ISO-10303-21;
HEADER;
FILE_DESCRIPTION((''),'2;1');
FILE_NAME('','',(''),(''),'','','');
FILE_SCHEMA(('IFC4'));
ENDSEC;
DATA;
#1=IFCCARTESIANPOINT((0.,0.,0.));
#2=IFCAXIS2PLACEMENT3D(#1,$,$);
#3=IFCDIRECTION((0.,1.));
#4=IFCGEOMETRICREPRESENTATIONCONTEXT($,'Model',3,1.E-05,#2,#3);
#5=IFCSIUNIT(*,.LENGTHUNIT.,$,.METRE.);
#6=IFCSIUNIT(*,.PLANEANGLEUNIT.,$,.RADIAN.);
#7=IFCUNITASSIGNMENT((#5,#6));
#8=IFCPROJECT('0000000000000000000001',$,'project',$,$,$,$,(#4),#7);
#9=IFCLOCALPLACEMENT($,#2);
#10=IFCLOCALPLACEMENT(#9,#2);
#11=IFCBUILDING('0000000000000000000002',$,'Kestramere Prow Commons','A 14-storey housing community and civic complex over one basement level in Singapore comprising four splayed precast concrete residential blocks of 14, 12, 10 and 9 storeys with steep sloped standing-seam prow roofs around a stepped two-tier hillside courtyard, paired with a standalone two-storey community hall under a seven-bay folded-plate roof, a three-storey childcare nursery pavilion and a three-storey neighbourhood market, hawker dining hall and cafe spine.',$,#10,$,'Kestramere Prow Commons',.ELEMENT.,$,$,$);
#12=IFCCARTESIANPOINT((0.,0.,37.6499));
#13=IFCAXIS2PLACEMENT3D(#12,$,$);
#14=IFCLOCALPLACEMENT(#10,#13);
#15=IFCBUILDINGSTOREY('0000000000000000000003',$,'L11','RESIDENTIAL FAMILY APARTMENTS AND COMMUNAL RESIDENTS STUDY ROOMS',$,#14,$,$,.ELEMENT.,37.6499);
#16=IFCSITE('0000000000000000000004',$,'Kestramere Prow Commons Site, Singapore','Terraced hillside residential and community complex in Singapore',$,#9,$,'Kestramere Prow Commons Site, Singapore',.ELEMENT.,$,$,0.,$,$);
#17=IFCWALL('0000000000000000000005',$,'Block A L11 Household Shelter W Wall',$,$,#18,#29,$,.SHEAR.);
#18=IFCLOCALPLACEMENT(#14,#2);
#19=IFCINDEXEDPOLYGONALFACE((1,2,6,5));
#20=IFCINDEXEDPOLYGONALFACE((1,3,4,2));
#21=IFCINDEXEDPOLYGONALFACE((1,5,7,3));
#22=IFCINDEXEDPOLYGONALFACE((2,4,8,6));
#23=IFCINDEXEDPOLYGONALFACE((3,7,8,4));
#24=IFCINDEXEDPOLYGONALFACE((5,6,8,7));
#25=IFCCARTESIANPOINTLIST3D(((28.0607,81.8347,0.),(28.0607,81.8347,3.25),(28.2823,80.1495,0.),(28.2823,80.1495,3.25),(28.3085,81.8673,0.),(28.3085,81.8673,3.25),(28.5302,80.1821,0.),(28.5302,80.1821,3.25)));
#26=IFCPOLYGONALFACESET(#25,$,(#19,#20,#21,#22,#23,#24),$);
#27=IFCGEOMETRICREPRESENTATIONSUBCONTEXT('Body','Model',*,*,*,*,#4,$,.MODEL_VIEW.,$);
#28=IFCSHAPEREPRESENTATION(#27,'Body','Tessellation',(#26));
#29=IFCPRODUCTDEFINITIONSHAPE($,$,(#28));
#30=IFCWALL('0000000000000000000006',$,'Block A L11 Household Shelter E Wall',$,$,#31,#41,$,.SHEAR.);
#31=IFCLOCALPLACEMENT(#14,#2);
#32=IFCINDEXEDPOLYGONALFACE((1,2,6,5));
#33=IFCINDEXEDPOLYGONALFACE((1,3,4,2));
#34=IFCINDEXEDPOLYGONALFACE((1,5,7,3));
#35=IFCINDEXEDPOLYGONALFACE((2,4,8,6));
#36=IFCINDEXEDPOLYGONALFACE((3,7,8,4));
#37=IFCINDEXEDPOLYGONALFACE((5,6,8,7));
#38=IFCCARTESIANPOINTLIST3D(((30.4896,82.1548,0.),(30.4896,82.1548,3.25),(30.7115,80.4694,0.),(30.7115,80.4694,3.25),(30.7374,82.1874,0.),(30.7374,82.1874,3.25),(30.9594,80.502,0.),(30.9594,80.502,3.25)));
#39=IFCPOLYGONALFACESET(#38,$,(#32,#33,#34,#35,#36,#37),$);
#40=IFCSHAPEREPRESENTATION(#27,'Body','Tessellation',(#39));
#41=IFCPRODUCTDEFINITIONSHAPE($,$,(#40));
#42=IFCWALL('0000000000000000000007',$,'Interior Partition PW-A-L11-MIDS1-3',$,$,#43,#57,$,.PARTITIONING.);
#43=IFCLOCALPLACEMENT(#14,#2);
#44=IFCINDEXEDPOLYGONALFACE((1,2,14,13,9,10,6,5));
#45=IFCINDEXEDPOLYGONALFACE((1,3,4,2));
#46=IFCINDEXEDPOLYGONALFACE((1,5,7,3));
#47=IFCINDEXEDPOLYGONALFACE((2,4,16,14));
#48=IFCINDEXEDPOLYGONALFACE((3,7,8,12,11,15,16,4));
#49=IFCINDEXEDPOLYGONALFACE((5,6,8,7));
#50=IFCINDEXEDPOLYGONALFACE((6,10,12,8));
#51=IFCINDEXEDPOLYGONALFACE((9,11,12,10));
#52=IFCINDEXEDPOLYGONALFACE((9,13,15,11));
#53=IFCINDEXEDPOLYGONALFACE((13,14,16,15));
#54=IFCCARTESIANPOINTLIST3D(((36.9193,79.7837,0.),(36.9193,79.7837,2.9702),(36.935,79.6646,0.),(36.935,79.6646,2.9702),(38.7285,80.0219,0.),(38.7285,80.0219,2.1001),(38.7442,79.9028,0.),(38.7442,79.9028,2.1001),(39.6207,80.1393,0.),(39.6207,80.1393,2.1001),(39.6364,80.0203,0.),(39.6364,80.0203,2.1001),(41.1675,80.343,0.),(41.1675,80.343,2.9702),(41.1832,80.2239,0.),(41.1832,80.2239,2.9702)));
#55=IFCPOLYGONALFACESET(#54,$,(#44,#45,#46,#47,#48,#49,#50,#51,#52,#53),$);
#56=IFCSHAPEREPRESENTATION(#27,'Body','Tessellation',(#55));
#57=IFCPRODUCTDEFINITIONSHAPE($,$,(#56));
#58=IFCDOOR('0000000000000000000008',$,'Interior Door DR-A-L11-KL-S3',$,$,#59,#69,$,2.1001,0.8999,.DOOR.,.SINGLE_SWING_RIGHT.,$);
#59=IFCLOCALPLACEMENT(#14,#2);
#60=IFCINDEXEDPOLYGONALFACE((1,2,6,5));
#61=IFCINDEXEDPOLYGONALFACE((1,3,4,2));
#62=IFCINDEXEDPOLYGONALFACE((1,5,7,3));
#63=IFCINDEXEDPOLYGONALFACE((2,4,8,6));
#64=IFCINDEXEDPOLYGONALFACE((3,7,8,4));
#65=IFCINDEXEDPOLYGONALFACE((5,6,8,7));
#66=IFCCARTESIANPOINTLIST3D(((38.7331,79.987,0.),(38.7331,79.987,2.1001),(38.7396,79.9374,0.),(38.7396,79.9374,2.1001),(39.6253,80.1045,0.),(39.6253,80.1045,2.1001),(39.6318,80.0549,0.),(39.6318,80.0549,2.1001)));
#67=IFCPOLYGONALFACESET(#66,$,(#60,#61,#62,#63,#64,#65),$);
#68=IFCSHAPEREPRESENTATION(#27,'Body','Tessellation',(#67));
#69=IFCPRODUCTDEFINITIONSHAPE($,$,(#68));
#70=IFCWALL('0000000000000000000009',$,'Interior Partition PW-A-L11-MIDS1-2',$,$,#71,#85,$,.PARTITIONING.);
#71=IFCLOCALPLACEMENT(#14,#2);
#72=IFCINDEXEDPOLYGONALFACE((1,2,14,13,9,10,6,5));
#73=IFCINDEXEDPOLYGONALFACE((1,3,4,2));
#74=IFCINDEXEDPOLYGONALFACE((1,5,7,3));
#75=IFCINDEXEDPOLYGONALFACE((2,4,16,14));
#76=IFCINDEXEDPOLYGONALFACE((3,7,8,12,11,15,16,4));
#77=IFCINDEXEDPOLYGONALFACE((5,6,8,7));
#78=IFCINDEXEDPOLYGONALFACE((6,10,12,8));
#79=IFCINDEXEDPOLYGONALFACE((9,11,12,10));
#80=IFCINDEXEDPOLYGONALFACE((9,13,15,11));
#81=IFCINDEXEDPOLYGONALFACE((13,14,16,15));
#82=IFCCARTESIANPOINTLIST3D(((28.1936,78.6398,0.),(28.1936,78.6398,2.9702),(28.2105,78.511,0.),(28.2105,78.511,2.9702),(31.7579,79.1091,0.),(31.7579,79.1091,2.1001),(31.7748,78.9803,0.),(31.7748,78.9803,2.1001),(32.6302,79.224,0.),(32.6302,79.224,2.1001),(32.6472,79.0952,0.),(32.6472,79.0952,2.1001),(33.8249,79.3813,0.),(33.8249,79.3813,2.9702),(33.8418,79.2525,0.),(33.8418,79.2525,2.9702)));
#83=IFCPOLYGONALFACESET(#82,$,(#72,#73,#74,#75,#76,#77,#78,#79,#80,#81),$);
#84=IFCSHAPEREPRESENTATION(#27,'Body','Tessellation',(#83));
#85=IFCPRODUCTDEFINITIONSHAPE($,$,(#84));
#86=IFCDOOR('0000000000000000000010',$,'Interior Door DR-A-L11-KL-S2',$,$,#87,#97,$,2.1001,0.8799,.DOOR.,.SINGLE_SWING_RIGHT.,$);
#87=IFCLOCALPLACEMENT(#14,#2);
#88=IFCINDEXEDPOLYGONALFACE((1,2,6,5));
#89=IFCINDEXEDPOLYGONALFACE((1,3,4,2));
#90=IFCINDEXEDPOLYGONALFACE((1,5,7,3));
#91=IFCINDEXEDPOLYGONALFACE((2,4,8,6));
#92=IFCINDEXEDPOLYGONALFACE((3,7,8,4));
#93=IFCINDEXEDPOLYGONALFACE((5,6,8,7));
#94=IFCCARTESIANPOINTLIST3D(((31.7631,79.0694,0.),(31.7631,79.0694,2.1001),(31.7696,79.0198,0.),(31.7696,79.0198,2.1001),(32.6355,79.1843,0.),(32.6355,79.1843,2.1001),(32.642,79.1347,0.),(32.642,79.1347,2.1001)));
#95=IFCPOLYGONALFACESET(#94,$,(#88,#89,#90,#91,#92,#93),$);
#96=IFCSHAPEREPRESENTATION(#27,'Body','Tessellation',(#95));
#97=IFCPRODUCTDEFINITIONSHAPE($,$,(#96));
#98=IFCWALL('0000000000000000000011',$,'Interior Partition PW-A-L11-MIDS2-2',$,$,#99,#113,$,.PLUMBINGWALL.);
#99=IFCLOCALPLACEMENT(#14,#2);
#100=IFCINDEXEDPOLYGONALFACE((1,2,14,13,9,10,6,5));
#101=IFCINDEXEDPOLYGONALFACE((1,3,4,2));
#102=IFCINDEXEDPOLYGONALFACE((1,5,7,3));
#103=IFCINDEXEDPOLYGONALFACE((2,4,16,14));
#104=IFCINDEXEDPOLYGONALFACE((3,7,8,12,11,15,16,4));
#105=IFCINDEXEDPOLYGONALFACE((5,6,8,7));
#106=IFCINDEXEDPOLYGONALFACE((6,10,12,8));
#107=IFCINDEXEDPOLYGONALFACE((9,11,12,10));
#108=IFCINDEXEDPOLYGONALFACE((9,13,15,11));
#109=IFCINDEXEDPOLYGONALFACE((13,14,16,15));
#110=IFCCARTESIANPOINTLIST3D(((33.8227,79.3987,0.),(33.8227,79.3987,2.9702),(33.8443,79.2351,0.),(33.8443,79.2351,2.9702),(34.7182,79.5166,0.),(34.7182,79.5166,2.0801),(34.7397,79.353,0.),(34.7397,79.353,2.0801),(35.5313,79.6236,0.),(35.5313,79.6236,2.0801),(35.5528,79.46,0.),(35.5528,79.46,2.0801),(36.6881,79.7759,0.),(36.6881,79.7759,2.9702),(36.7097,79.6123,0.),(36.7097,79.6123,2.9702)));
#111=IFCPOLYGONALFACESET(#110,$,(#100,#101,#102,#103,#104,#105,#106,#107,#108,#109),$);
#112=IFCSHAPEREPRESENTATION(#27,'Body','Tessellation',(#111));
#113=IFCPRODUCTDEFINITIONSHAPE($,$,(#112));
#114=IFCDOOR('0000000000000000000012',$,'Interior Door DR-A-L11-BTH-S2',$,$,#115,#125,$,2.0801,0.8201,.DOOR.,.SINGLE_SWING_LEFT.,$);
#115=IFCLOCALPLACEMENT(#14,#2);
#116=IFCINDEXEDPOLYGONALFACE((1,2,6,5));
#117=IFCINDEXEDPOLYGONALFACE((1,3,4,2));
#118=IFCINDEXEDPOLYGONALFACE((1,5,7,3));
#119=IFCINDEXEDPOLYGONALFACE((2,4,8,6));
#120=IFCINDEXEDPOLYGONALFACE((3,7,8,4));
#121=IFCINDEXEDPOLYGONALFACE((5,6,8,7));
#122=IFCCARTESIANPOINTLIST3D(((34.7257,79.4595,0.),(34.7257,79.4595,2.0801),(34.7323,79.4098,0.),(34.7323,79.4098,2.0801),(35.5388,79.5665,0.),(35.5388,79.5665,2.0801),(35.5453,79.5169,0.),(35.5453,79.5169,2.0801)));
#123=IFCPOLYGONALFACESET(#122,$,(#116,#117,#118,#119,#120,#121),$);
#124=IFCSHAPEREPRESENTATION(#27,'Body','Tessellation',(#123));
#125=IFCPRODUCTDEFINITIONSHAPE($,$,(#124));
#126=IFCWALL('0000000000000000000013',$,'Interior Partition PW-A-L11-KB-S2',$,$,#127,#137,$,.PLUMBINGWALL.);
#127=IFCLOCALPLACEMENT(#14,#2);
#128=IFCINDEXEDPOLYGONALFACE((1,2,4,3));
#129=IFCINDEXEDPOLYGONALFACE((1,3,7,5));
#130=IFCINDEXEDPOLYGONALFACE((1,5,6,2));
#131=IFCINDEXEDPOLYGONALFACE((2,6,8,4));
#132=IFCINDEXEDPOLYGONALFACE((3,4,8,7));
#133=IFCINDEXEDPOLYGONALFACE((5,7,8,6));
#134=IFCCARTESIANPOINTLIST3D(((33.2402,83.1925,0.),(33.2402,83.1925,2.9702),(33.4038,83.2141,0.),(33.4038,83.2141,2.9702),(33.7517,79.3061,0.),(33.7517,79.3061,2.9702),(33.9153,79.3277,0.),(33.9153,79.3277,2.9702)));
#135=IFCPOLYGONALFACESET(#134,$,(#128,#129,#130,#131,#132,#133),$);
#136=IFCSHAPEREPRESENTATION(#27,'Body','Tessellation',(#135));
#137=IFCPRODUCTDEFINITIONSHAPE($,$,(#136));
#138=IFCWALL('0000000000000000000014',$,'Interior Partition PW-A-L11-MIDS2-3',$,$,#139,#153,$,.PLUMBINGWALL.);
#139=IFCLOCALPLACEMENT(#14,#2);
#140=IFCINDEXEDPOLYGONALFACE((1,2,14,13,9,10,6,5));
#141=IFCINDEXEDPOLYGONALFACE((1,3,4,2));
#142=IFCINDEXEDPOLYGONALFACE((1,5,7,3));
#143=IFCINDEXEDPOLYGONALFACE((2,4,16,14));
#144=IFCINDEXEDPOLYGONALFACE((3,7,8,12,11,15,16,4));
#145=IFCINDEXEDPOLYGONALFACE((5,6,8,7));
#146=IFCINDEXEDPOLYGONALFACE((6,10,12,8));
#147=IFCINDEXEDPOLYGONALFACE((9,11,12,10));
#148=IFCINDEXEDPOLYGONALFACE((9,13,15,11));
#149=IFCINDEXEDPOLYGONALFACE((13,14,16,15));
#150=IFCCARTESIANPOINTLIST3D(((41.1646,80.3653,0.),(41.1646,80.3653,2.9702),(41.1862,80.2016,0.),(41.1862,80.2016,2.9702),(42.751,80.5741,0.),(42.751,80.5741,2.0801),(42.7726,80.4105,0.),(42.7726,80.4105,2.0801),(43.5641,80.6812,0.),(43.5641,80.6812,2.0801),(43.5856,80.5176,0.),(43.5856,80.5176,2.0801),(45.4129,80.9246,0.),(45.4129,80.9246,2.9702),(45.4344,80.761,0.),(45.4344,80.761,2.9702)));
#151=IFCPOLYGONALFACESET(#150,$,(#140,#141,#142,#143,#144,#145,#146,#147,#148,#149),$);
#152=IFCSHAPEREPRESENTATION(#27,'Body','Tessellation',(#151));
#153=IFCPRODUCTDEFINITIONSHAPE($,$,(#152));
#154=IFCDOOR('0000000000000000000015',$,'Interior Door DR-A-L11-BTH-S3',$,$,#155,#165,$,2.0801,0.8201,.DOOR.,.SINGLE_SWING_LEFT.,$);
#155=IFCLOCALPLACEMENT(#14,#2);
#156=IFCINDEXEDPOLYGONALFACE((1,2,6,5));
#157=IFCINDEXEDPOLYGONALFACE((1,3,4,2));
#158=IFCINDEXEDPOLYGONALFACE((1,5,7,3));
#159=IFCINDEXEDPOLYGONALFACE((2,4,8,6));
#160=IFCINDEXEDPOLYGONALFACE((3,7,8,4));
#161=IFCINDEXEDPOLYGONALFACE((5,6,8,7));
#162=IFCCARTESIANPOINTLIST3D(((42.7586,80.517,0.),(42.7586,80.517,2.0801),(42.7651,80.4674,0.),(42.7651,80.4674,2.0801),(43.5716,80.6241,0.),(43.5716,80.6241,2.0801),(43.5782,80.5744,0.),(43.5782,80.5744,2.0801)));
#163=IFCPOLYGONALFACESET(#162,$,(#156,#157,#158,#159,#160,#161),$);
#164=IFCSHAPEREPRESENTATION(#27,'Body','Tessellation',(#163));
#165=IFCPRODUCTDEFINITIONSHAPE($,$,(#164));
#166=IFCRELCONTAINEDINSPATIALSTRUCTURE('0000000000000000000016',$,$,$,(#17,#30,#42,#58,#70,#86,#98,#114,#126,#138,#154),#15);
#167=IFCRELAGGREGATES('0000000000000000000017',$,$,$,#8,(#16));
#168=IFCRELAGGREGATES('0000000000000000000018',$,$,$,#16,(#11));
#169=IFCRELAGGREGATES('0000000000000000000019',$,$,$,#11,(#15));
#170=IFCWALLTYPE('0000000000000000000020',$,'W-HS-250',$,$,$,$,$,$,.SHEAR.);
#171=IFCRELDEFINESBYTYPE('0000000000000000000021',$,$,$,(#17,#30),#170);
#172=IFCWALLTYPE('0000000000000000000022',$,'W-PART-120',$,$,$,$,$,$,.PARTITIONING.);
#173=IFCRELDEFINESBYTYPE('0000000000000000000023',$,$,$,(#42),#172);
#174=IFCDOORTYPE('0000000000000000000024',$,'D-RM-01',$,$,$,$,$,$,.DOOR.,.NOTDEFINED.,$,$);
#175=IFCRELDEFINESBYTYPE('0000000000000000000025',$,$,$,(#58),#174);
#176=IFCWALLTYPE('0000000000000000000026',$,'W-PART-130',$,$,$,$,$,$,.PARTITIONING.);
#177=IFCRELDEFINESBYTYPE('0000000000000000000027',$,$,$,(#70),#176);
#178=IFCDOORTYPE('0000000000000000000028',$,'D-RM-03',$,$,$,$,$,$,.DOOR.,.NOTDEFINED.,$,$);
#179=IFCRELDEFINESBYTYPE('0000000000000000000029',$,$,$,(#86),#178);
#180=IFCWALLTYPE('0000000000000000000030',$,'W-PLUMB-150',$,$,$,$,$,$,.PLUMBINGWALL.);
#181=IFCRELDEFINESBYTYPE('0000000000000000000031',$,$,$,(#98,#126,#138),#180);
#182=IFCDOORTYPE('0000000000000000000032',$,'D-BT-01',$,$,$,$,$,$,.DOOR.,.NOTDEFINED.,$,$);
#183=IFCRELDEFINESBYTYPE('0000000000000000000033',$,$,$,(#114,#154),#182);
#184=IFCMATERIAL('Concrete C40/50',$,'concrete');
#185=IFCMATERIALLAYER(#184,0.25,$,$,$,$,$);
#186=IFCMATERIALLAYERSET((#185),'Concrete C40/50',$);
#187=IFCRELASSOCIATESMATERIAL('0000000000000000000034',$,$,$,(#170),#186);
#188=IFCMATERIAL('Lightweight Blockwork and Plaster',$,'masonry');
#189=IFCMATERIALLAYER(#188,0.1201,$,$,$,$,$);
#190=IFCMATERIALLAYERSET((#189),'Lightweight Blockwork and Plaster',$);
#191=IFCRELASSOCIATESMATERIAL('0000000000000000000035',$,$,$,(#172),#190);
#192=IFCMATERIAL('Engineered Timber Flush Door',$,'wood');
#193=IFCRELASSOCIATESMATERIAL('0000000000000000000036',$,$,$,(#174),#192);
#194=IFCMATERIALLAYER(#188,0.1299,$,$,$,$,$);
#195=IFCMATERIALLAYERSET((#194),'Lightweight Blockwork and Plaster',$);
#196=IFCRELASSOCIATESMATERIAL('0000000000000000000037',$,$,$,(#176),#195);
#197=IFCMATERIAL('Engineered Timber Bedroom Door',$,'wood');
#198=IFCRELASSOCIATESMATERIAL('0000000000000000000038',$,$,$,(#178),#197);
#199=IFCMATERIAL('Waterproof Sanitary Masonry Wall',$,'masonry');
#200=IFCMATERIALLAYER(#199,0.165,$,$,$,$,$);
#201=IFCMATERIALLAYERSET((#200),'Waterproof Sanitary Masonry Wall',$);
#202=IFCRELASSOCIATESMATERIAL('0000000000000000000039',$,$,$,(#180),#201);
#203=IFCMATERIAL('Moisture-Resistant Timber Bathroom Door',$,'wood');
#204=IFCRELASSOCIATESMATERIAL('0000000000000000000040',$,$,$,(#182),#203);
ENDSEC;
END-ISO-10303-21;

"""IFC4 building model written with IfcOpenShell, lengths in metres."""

from ifc_helpers import new_model, si_unit, direction, frame, frame_2d, origin, place, context, subcontext, project, spatial, rectangle, extrude, material, layer, layer_set, type_object, element, fill, save


model = new_model("IFC4")

# Units and contexts
model_context = context("Model", 3, precision=1e-05, world=origin(), true_north=direction((0.0, 1.0)))
body_context = subcontext(model_context, "Body", "Model", "MODEL_VIEW")
ifc_project = project(units=[si_unit("LENGTHUNIT", "METRE"), si_unit("PLANEANGLEUNIT", "RADIAN")], contexts=[model_context])

# Site, building, storey
site_placement = place(None, origin())
site = spatial("IfcSite", under=ifc_project, at=site_placement, Name="Kestramere Prow Commons Site, Singapore", Description="Terraced hillside residential and community complex in Singapore", LongName="Kestramere Prow Commons Site, Singapore", CompositionType="ELEMENT", RefElevation=0.0)
building_placement = place(site_placement, origin())
building = spatial("IfcBuilding", under=site, at=building_placement, Name="Kestramere Prow Commons", Description="A 14-storey housing community and civic complex over one basement level in Singapore comprising four splayed precast concrete residential blocks of 14, 12, 10 and 9 storeys with steep sloped standing-seam prow roofs around a stepped two-tier hillside courtyard, paired with a standalone two-storey community hall under a seven-bay folded-plate roof, a three-storey childcare nursery pavilion and a three-storey neighbourhood market, hawker dining hall and cafe spine.", LongName="Kestramere Prow Commons", CompositionType="ELEMENT")
storey_placement = place(building_placement, frame((0.0, 0.0, 37.6499)))
storey = spatial("IfcBuildingStorey", under=building, at=storey_placement, Name="L11", Description="RESIDENTIAL FAMILY APARTMENTS AND COMMUNAL RESIDENTS STUDY ROOMS", CompositionType="ELEMENT", Elevation=37.6499)

# Shared definitions
ifc_material_1 = material(Name="Concrete C40/50", Category="concrete")
ifc_layer_1 = layer(ifc_material_1, 0.25)
ifc_layer_set_1 = layer_set([ifc_layer_1], Name="Concrete C40/50")
wall_type_1 = type_object("IfcWallType", Name="W-HS-250", PredefinedType="SHEAR", material=ifc_layer_set_1)

# Walls
wall_1_placement = place(storey_placement, frame((28.4062, 80.1658, 0.0), z_axis=(0.0, 0.0, 1.0), x_axis=(-0.130414, 0.99146, 0.0)))
element("IfcWall", 1, at=wall_1_placement, inside=storey, type_object=wall_type_1, Name="Block A L11 Household Shelter W Wall", PredefinedType="SHEAR", context=body_context, shape_type="SweptSolid", body=[
    extrude(rectangle(XDim=1.6997, YDim=0.25, at=frame_2d((0.8499, 0.0))), origin(), (0.0, 0.0, 1.0), 3.25),
])
wall_2_placement = place(storey_placement, frame((30.8354, 80.4856, 0.0), z_axis=(0.0, 0.0, 1.0), x_axis=(-0.130555, 0.991441, 0.0)))
element("IfcWall", 2, at=wall_2_placement, inside=storey, type_object=wall_type_1, Name="Block A L11 Household Shelter E Wall", PredefinedType="SHEAR", context=body_context, shape_type="SweptSolid", body=[
    extrude(rectangle(XDim=1.7, YDim=0.25, at=frame_2d((0.8501, 0.0))), origin(), (0.0, 0.0, 1.0), 3.25),
])

# Walls, openings, doors
ifc_material_2 = material(Name="Lightweight Blockwork and Plaster", Category="masonry")
ifc_layer_2 = layer(ifc_material_2, 0.1201)
ifc_layer_set_2 = layer_set([ifc_layer_2], Name="Lightweight Blockwork and Plaster")
wall_type_2 = type_object("IfcWallType", Name="W-PART-120", PredefinedType="PARTITIONING", material=ifc_layer_set_2)
wall_3_placement = place(storey_placement, frame((36.927, 79.7241, 0.0), z_axis=(0.0, 0.0, 1.0), x_axis=(0.991444, 0.130533, 0.0)))
wall_3 = element("IfcWall", 3, at=wall_3_placement, inside=storey, type_object=wall_type_2, Name="Interior Partition PW-A-L11-MIDS1-3", PredefinedType="PARTITIONING", context=body_context, shape_type="SweptSolid", body=[
    extrude(rectangle(XDim=4.2849, YDim=0.1201, at=frame_2d((2.1426, 0.0))), origin(), (0.0, 0.0, 1.0), 2.9702),
])
opening_1_placement = place(wall_3_placement, frame((1.825, 0.0, 0.0)))
opening_1 = element("IfcOpeningElement", 4, at=opening_1_placement, cuts=wall_3, PredefinedType="OPENING", context=body_context, shape_type="SweptSolid", body=[
    extrude(rectangle(XDim=0.8999, YDim=2.1001, at=frame_2d((0.45, 1.05))), frame((0.0, 0.075, 0.0), z_axis=(0.0, -1.0, 0.0), x_axis=(1.0, 0.0, 0.0)), (0.0, 0.0, 1.0), 0.1501),
])
ifc_material_3 = material(Name="Engineered Timber Flush Door", Category="wood")
door_type_1 = type_object("IfcDoorType", Name="D-RM-01", OperationType="NOTDEFINED", PredefinedType="DOOR", material=ifc_material_3)
door_1_placement = place(opening_1_placement, origin())
door_1 = element("IfcDoor", 5, at=door_1_placement, inside=storey, type_object=door_type_1, Name="Interior Door DR-A-L11-KL-S3", OperationType="SINGLE_SWING_RIGHT", OverallHeight=2.1001, OverallWidth=0.8999, PredefinedType="DOOR", context=body_context, shape_type="SweptSolid", body=[
    extrude(rectangle(XDim=0.8999, YDim=2.1001, at=frame_2d((0.45, 1.05))), frame((0.0, 0.0249, 0.0), z_axis=(0.0, -1.0, 0.0), x_axis=(1.0, 0.0, 0.0)), (0.0, 0.0, 1.0), 0.05),
])
fill(opening_1, door_1)
ifc_layer_3 = layer(ifc_material_2, 0.1299)
ifc_layer_set_3 = layer_set([ifc_layer_3], Name="Lightweight Blockwork and Plaster")
wall_type_3 = type_object("IfcWallType", Name="W-PART-130", PredefinedType="PARTITIONING", material=ifc_layer_set_3)
wall_4_placement = place(storey_placement, frame((28.2021, 78.5754, 0.0), z_axis=(0.0, 0.0, 1.0), x_axis=(0.991443, 0.130539, 0.0)))
wall_4 = element("IfcWall", 6, at=wall_4_placement, inside=storey, type_object=wall_type_3, Name="Interior Partition PW-A-L11-MIDS1-2", PredefinedType="PARTITIONING", context=body_context, shape_type="SweptSolid", body=[
    extrude(rectangle(XDim=5.6799, YDim=0.1299, at=frame_2d((2.8398, 0.0))), origin(), (0.0, 0.0, 1.0), 2.9702),
])
opening_2_placement = place(wall_4_placement, frame((3.595, 0.0, 0.0)))
opening_2 = element("IfcOpeningElement", 7, at=opening_2_placement, cuts=wall_4, PredefinedType="OPENING", context=body_context, shape_type="SweptSolid", body=[
    extrude(rectangle(XDim=0.8799, YDim=2.1001, at=frame_2d((0.4399, 1.05))), frame((0.0, 0.0798, 0.0), z_axis=(0.0, -1.0, 0.0), x_axis=(1.0, 0.0, 0.0)), (0.0, 0.0, 1.0), 0.1599),
])
ifc_material_4 = material(Name="Engineered Timber Bedroom Door", Category="wood")
door_type_2 = type_object("IfcDoorType", Name="D-RM-03", OperationType="NOTDEFINED", PredefinedType="DOOR", material=ifc_material_4)
door_2_placement = place(opening_2_placement, origin())
door_2 = element("IfcDoor", 8, at=door_2_placement, inside=storey, type_object=door_type_2, Name="Interior Door DR-A-L11-KL-S2", OperationType="SINGLE_SWING_RIGHT", OverallHeight=2.1001, OverallWidth=0.8799, PredefinedType="DOOR", context=body_context, shape_type="SweptSolid", body=[
    extrude(rectangle(XDim=0.8799, YDim=2.1001, at=frame_2d((0.4399, 1.05))), frame((0.0, 0.0249, 0.0), z_axis=(0.0, -1.0, 0.0), x_axis=(1.0, 0.0, 0.0)), (0.0, 0.0, 1.0), 0.05),
])
fill(opening_2, door_2)
ifc_material_5 = material(Name="Waterproof Sanitary Masonry Wall", Category="masonry")
ifc_layer_4 = layer(ifc_material_5, 0.165)
ifc_layer_set_4 = layer_set([ifc_layer_4], Name="Waterproof Sanitary Masonry Wall")
wall_type_4 = type_object("IfcWallType", Name="W-PLUMB-150", PredefinedType="PLUMBINGWALL", material=ifc_layer_set_4)
wall_5_placement = place(storey_placement, frame((33.8335, 79.3169, 0.0), z_axis=(0.0, 0.0, 1.0), x_axis=(0.991447, 0.130509, 0.0)))
wall_5 = element("IfcWall", 9, at=wall_5_placement, inside=storey, type_object=wall_type_4, Name="Interior Partition PW-A-L11-MIDS2-2", PredefinedType="PLUMBINGWALL", context=body_context, shape_type="SweptSolid", body=[
    extrude(rectangle(XDim=2.8901, YDim=0.165, at=frame_2d((1.4451, 0.0))), origin(), (0.0, 0.0, 1.0), 2.9702),
])
opening_3_placement = place(wall_5_placement, frame((0.9031, 0.0, 0.0)))
opening_3 = element("IfcOpeningElement", 10, at=opening_3_placement, cuts=wall_5, PredefinedType="OPENING", context=body_context, shape_type="SweptSolid", body=[
    extrude(rectangle(XDim=0.8201, YDim=2.0801, at=frame_2d((0.4102, 1.04))), frame((0.0, 0.0974, 0.0), z_axis=(0.0, -1.0, 0.0), x_axis=(1.0, 0.0, 0.0)), (0.0, 0.0, 1.0), 0.1951),
])
ifc_material_6 = material(Name="Moisture-Resistant Timber Bathroom Door", Category="wood")
door_type_3 = type_object("IfcDoorType", Name="D-BT-01", OperationType="NOTDEFINED", PredefinedType="DOOR", material=ifc_material_6)
door_3_placement = place(opening_3_placement, origin())
door_3 = element("IfcDoor", 11, at=door_3_placement, inside=storey, type_object=door_type_3, Name="Interior Door DR-A-L11-BTH-S2", OperationType="SINGLE_SWING_LEFT", OverallHeight=2.0801, OverallWidth=0.8201, PredefinedType="DOOR", context=body_context, shape_type="SweptSolid", body=[
    extrude(rectangle(XDim=0.8201, YDim=2.0801, at=frame_2d((0.4102, 1.04))), frame((0.0, 0.0249, 0.0), z_axis=(0.0, -1.0, 0.0), x_axis=(1.0, 0.0, 0.0)), (0.0, 0.0, 1.0), 0.05),
])
fill(opening_3, door_3)

# Wall
wall_6_placement = place(storey_placement, frame((33.8335, 79.3169, 0.0), z_axis=(0.0, 0.0, 1.0), x_axis=(-0.130479, 0.991451, 0.0)))
element("IfcWall", 12, at=wall_6_placement, inside=storey, type_object=wall_type_4, Name="Interior Partition PW-A-L11-KB-S2", PredefinedType="PLUMBINGWALL", context=body_context, shape_type="SweptSolid", body=[
    extrude(rectangle(XDim=3.9199, YDim=0.165, at=frame_2d((1.96, 0.0))), origin(), (0.0, 0.0, 1.0), 2.9702),
])

# Wall, opening, door
wall_7_placement = place(storey_placement, frame((41.1753, 80.2834, 0.0), z_axis=(0.0, 0.0, 1.0), x_axis=(0.991444, 0.130533, 0.0)))
wall_7 = element("IfcWall", 13, at=wall_7_placement, inside=storey, type_object=wall_type_4, Name="Interior Partition PW-A-L11-MIDS2-3", PredefinedType="PLUMBINGWALL", context=body_context, shape_type="SweptSolid", body=[
    extrude(rectangle(XDim=4.2849, YDim=0.165, at=frame_2d((2.1426, 0.0))), origin(), (0.0, 0.0, 1.0), 2.9702),
])
opening_4_placement = place(wall_7_placement, frame((1.6001, 0.0, 0.0)))
opening_4 = element("IfcOpeningElement", 14, at=opening_4_placement, cuts=wall_7, PredefinedType="OPENING", context=body_context, shape_type="SweptSolid", body=[
    extrude(rectangle(XDim=0.8201, YDim=2.0801, at=frame_2d((0.4102, 1.04))), frame((0.0, 0.0974, 0.0), z_axis=(0.0, -1.0, 0.0), x_axis=(1.0, 0.0, 0.0)), (0.0, 0.0, 1.0), 0.1951),
])
door_4_placement = place(opening_4_placement, origin())
door_4 = element("IfcDoor", 15, at=door_4_placement, inside=storey, type_object=door_type_3, Name="Interior Door DR-A-L11-BTH-S3", OperationType="SINGLE_SWING_LEFT", OverallHeight=2.0801, OverallWidth=0.8201, PredefinedType="DOOR", context=body_context, shape_type="SweptSolid", body=[
    extrude(rectangle(XDim=0.8201, YDim=2.0801, at=frame_2d((0.4102, 1.04))), frame((0.0, 0.0249, 0.0), z_axis=(0.0, -1.0, 0.0), x_axis=(1.0, 0.0, 0.0)), (0.0, 0.0, 1.0), 0.05),
])
fill(opening_4, door_4)

save(model, "model.ifc")
